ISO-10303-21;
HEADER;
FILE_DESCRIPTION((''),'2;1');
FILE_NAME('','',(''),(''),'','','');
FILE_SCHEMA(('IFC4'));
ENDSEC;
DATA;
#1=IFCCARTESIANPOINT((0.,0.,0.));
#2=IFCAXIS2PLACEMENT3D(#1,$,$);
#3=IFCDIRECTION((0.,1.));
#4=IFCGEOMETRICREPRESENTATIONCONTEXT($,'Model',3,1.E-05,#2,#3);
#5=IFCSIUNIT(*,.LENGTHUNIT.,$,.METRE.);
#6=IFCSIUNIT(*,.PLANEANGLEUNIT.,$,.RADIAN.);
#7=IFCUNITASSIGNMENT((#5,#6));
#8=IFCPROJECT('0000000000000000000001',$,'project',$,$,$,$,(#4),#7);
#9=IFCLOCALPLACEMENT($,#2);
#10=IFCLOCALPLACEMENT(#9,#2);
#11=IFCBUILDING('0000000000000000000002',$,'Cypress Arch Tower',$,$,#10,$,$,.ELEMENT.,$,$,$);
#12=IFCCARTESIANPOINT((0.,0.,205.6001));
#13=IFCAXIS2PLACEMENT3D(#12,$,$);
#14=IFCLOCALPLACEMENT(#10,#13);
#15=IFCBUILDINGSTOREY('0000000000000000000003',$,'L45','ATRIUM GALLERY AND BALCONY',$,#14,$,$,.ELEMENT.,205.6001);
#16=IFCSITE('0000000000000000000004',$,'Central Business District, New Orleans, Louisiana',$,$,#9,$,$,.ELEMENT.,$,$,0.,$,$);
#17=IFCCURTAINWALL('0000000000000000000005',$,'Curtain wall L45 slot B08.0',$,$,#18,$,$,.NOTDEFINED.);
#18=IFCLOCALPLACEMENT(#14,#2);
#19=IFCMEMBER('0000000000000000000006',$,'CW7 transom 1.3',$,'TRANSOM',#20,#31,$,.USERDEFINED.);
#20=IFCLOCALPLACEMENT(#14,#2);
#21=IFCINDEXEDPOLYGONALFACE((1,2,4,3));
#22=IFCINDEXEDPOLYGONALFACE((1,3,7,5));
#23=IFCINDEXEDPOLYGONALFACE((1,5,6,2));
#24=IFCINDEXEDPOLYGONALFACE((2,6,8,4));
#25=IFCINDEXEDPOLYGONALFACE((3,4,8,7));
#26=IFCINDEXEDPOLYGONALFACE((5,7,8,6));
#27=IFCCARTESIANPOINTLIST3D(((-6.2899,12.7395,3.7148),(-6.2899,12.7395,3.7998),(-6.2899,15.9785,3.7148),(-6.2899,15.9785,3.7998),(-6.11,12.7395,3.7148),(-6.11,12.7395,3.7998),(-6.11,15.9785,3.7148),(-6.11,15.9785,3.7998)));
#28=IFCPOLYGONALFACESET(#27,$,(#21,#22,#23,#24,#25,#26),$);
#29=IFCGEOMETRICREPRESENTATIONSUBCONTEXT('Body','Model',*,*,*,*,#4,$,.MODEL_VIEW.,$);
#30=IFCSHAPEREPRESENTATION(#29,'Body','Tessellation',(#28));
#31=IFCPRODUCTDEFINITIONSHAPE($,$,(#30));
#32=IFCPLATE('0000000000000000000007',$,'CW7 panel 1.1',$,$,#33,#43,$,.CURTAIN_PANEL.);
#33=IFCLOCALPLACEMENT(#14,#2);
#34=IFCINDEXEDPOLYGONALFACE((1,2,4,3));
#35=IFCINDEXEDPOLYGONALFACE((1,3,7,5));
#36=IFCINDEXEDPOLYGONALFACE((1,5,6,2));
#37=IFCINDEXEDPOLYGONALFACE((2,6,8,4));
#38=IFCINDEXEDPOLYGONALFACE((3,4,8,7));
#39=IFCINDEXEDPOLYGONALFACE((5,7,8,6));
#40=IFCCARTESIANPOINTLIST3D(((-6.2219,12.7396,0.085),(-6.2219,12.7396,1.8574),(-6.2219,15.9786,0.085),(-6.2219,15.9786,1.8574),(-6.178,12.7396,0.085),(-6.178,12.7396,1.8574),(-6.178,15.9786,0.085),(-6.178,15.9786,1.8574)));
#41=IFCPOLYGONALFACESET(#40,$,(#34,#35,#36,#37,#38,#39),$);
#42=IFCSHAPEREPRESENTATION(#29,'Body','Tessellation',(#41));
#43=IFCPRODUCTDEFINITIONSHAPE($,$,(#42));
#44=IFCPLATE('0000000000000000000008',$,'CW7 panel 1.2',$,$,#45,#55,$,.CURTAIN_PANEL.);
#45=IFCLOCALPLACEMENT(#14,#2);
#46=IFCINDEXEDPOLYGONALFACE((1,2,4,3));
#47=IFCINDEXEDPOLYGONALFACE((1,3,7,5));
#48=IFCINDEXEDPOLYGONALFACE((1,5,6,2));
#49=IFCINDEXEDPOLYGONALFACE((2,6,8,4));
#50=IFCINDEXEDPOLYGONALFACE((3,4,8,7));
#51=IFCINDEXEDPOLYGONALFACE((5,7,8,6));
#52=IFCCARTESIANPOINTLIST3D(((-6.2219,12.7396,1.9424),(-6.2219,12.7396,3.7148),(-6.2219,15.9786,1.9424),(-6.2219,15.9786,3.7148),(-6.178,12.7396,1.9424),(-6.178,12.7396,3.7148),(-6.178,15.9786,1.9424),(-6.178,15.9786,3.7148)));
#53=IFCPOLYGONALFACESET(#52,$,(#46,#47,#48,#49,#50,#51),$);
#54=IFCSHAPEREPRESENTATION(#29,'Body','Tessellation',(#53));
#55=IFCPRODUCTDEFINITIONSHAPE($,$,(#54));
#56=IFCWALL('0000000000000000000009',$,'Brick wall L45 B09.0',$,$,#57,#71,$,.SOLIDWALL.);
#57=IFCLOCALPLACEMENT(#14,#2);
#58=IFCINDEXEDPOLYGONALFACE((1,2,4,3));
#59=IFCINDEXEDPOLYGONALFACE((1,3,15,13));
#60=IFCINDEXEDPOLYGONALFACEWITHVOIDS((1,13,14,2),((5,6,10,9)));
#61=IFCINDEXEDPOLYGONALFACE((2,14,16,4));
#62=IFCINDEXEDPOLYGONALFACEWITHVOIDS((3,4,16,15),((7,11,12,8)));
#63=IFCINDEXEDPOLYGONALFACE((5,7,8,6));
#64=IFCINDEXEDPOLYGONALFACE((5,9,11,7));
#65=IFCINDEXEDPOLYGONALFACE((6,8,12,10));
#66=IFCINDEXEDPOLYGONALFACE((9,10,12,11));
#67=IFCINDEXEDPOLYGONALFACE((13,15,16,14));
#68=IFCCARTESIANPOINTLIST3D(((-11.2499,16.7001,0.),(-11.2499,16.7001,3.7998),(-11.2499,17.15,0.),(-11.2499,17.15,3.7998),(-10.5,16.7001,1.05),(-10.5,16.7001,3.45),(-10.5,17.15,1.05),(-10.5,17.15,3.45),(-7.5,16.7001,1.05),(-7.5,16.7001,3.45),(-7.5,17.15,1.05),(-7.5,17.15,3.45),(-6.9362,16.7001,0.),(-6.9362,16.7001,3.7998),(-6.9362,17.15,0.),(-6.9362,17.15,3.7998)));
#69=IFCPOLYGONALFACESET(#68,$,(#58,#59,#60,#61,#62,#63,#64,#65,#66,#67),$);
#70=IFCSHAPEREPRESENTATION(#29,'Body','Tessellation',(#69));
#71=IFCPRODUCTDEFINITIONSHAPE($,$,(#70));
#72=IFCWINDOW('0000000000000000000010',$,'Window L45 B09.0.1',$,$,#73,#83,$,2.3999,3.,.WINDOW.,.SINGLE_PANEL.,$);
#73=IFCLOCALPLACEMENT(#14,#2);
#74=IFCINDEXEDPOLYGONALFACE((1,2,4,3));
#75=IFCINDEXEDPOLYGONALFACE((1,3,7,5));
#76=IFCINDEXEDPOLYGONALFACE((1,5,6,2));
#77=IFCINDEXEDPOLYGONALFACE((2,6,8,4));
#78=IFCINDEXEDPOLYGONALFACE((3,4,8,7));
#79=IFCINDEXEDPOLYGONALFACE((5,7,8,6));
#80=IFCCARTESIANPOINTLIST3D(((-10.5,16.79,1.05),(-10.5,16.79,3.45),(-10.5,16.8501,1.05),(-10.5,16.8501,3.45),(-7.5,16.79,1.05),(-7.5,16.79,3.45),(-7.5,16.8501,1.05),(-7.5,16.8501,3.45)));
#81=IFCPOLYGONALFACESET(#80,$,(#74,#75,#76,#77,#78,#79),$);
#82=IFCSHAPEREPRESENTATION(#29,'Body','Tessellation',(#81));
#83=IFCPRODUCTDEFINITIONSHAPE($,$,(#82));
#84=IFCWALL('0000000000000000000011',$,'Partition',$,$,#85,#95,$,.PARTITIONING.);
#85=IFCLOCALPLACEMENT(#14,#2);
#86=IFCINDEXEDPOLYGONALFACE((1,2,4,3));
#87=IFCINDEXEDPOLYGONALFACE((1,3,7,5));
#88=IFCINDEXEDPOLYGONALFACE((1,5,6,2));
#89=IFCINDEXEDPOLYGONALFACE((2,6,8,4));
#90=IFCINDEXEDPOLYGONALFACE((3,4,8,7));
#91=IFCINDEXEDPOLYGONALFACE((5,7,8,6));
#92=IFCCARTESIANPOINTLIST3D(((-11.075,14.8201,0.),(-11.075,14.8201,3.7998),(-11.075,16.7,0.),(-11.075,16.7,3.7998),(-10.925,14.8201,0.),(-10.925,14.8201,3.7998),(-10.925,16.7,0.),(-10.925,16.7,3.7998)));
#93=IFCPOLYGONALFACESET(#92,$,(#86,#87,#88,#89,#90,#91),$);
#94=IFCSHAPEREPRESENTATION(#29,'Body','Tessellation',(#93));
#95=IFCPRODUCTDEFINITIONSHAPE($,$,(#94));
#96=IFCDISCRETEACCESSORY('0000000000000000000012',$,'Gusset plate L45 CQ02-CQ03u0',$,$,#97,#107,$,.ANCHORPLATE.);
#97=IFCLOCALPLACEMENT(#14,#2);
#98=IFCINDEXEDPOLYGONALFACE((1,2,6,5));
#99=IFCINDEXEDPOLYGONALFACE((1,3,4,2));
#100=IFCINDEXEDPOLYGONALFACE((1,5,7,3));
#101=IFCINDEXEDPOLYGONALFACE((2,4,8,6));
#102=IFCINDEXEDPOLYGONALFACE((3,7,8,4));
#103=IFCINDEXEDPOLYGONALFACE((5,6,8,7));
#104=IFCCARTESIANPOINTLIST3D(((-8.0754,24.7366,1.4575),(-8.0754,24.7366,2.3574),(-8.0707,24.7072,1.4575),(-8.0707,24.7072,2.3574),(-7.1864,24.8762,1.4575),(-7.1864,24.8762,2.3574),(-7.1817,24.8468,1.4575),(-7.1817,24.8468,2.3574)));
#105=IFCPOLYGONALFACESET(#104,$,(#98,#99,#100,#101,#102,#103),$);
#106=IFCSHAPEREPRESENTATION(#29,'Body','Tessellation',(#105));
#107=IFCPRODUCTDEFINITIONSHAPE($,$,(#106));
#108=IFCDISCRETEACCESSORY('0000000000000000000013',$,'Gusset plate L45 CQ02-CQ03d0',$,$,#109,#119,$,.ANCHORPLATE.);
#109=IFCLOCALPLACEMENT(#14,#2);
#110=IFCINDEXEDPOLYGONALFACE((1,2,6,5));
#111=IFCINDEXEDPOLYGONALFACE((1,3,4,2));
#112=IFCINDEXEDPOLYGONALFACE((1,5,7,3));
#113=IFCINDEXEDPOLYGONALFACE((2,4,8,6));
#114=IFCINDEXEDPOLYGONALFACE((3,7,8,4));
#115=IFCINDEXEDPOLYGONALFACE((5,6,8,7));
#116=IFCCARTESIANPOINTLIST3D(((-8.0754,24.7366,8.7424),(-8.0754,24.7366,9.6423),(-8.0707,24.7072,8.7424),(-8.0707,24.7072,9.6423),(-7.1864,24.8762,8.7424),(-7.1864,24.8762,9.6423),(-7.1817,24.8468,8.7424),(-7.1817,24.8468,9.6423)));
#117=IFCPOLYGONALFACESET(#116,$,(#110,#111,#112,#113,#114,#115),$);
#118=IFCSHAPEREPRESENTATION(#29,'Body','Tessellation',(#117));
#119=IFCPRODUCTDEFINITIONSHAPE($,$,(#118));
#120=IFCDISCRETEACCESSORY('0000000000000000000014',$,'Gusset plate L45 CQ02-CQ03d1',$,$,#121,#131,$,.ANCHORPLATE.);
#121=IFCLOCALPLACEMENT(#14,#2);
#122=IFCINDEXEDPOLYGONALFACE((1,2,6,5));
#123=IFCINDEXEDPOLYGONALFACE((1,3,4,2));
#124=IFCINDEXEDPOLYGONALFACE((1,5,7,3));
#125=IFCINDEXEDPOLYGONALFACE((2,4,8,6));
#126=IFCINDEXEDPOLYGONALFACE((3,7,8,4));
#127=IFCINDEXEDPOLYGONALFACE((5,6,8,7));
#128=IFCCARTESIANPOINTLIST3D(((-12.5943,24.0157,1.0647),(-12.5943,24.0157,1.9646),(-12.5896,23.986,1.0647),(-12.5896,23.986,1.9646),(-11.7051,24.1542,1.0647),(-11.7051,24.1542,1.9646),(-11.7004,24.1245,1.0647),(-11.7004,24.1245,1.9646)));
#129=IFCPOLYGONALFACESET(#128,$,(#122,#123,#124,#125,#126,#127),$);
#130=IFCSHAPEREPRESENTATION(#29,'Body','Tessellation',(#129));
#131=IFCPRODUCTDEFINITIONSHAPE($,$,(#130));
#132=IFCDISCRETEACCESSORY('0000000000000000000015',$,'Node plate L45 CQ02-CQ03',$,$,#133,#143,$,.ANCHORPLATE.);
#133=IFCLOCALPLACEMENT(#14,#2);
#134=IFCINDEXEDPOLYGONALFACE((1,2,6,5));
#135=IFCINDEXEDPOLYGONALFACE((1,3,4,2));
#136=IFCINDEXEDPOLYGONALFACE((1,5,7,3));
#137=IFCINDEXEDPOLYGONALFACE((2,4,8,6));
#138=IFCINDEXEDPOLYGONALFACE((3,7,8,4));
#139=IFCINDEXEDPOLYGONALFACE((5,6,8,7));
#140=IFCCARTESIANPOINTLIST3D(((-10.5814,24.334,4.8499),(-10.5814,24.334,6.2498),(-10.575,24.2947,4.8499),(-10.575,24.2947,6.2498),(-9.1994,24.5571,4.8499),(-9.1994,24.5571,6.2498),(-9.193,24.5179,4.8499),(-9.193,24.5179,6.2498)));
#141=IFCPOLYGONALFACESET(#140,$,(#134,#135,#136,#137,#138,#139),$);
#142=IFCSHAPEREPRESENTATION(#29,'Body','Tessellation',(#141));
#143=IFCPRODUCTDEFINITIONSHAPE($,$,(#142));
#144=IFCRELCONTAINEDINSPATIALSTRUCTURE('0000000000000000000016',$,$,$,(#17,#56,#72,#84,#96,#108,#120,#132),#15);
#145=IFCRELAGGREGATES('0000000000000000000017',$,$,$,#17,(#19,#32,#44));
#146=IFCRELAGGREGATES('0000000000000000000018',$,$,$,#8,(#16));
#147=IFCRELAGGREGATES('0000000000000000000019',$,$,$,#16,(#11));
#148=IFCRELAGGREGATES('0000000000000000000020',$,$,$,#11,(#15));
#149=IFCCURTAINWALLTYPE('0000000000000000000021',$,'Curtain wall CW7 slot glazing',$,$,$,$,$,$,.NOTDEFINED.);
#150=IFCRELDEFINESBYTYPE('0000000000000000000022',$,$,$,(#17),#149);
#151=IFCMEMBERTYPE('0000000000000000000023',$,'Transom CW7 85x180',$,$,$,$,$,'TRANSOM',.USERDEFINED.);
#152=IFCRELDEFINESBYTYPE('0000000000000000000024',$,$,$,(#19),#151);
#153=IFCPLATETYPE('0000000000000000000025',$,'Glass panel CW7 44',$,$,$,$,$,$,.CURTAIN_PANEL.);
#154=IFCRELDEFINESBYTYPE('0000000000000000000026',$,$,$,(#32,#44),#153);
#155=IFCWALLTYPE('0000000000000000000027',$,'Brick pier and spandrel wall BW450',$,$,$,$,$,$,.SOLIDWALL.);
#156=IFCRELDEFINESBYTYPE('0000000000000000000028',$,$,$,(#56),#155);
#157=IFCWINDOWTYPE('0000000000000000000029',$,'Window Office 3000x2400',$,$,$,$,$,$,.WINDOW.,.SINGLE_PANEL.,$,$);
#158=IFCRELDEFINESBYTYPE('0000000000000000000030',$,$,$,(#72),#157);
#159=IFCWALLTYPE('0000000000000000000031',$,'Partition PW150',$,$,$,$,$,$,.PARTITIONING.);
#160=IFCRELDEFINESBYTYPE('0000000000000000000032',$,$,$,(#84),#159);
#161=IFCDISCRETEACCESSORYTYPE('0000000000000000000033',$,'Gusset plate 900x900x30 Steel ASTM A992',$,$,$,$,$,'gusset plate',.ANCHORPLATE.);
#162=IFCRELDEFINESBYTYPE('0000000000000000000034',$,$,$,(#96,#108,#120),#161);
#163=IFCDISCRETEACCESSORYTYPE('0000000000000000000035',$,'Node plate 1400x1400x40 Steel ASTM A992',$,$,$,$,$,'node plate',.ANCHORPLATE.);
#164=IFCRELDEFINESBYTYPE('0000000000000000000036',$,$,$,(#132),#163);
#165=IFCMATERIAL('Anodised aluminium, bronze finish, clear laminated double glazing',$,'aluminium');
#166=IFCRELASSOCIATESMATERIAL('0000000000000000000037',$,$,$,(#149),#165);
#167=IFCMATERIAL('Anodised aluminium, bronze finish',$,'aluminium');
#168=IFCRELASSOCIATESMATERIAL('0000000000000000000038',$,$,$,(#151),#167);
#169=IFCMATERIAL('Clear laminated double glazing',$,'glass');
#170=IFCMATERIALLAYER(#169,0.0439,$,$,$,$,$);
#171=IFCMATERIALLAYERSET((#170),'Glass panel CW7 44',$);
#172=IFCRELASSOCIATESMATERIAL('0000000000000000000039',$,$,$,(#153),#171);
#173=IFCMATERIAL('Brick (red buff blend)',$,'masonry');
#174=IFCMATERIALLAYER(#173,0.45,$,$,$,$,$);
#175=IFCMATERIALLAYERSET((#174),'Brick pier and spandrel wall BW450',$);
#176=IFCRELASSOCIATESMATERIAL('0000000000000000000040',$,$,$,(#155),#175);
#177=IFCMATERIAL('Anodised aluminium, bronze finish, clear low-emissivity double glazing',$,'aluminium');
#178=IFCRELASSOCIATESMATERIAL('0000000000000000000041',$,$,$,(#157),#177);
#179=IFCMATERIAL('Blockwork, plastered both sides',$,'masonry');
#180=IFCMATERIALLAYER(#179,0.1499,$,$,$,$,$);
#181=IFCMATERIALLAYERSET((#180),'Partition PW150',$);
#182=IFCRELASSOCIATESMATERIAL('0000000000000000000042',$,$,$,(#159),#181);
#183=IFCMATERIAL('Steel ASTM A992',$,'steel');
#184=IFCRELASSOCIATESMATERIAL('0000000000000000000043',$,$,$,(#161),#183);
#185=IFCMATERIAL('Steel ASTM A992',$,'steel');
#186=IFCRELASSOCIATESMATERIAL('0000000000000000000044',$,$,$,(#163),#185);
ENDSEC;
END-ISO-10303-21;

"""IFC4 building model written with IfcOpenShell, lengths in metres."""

from ifc_helpers import new_model, si_unit, direction, frame, frame_2d, origin, origin_2d, place, context, subcontext, project, spatial, rectangle, extrude, material, layer, layer_set, material_profile, profile_set, type_object, element, fill, aggregate, save


model = new_model("IFC4")

# Units and contexts
model_context = context("Model", 3, precision=1e-05, world=origin(), true_north=direction((0.0, 1.0)))
body_context = subcontext(model_context, "Body", "Model", "MODEL_VIEW")
ifc_project = project(units=[si_unit("LENGTHUNIT", "METRE"), si_unit("PLANEANGLEUNIT", "RADIAN")], contexts=[model_context])

# Site, building, storey
site_placement = place(None, origin())
site = spatial("IfcSite", under=ifc_project, at=site_placement, Name="Central Business District, New Orleans, Louisiana", CompositionType="ELEMENT", RefElevation=0.0)
building_placement = place(site_placement, origin())
building = spatial("IfcBuilding", under=site, at=building_placement, Name="Cypress Arch Tower", CompositionType="ELEMENT")
storey_placement = place(building_placement, frame((0.0, 0.0, 205.6001)))
storey = spatial("IfcBuildingStorey", under=building, at=storey_placement, Name="L45", Description="ATRIUM GALLERY AND BALCONY", CompositionType="ELEMENT", Elevation=205.6001)

# Curtain wall
ifc_material_1 = material(Name="Anodised aluminium, bronze finish, clear laminated double glazing", Category="aluminium")
curtain_wall_type = type_object("IfcCurtainWallType", Name="Curtain wall CW7 slot glazing", PredefinedType="NOTDEFINED", material=ifc_material_1)
curtain_wall_placement = place(storey_placement, origin())
curtain_wall = element("IfcCurtainWall", 1, at=curtain_wall_placement, inside=storey, type_object=curtain_wall_type, Name="Curtain wall L45 slot B08.0", PredefinedType="NOTDEFINED")

# Member
ifc_material_2 = material(Name="Anodised aluminium, bronze finish", Category="aluminium")
ifc_material_profile_1 = material_profile(ifc_material_2, rectangle(XDim=0.1799, YDim=0.085, at=origin_2d()), Name="Transom 85x180")
ifc_profile_set_1 = profile_set([ifc_material_profile_1], Name="Anodised aluminium, bronze finish")
member_type_1 = type_object("IfcMemberType", Name="Transom CW7 85x180", ElementType="TRANSOM", PredefinedType="USERDEFINED", material=ifc_profile_set_1)
member_1_placement = place(storey_placement, frame((-6.2, 12.7395, 3.7573), z_axis=(0.0, 1.0, 0.0), x_axis=(-1.0, 0.0, 0.0)))
member_1 = element("IfcMember", 2, at=member_1_placement, type_object=member_type_1, Name="CW7 transom 1.3", ObjectType="TRANSOM", PredefinedType="USERDEFINED", context=body_context, shape_type="SweptSolid", body=[
    extrude(rectangle(XDim=0.1799, YDim=0.085, at=origin_2d()), origin(), (0.0, 0.0, 1.0), 3.239),
])

# Plates
ifc_material_3 = material(Name="Clear laminated double glazing", Category="glass")
ifc_layer_1 = layer(ifc_material_3, 0.0439)
ifc_layer_set_1 = layer_set([ifc_layer_1], Name="Glass panel CW7 44")
plate_type = type_object("IfcPlateType", Name="Glass panel CW7 44", PredefinedType="CURTAIN_PANEL", material=ifc_layer_set_1)
plate_1_placement = place(storey_placement, frame((-6.2, 14.3591, 0.085), z_axis=(0.0, 0.0, 1.0), x_axis=(0.0, 1.0, 0.0)))
plate_1 = element("IfcPlate", 3, at=plate_1_placement, type_object=plate_type, Name="CW7 panel 1.1", PredefinedType="CURTAIN_PANEL", context=body_context, shape_type="SweptSolid", body=[
    extrude(rectangle(XDim=3.239, YDim=0.0439, at=origin_2d()), origin(), (0.0, 0.0, 1.0), 1.7725),
])
plate_2_placement = place(storey_placement, frame((-6.2, 14.3591, 1.9424), z_axis=(0.0, 0.0, 1.0), x_axis=(0.0, 1.0, 0.0)))
plate_2 = element("IfcPlate", 4, at=plate_2_placement, type_object=plate_type, Name="CW7 panel 1.2", PredefinedType="CURTAIN_PANEL", context=body_context, shape_type="SweptSolid", body=[
    extrude(rectangle(XDim=3.239, YDim=0.0439, at=origin_2d()), origin(), (0.0, 0.0, 1.0), 1.7725),
])
aggregate(curtain_wall, [member_1, plate_1, plate_2])

# Wall, opening, window
ifc_material_4 = material(Name="Brick (red buff blend)", Category="masonry")
ifc_layer_2 = layer(ifc_material_4, 0.45)
ifc_layer_set_2 = layer_set([ifc_layer_2], Name="Brick pier and spandrel wall BW450")
wall_type_1 = type_object("IfcWallType", Name="Brick pier and spandrel wall BW450", PredefinedType="SOLIDWALL", material=ifc_layer_set_2)
wall_1_placement = place(storey_placement, frame((-6.9363, 16.925, 0.0), z_axis=(0.0, 0.0, 1.0), x_axis=(-1.0, 0.0, 0.0)))
wall_1 = element("IfcWall", 5, at=wall_1_placement, inside=storey, type_object=wall_type_1, Name="Brick wall L45 B09.0", PredefinedType="SOLIDWALL", context=body_context, shape_type="SweptSolid", body=[
    extrude(rectangle(XDim=4.3137, YDim=0.45, at=frame_2d((2.1567, 0.0))), origin(), (0.0, 0.0, 1.0), 3.7998),
])
opening_placement = place(wall_1_placement, frame((0.5637, 0.0, 1.05)))
opening = element("IfcOpeningElement", 6, at=opening_placement, cuts=wall_1, PredefinedType="OPENING", context=body_context, shape_type="SweptSolid", body=[
    extrude(rectangle(XDim=3.0, YDim=2.3999, at=frame_2d((1.5, 1.2))), frame((0.0, 0.2349, 0.0), z_axis=(0.0, -1.0, 0.0), x_axis=(1.0, 0.0, 0.0)), (0.0, 0.0, 1.0), 0.47),
])
ifc_material_5 = material(Name="Anodised aluminium, bronze finish, clear low-emissivity double glazing", Category="aluminium")
window_type = type_object("IfcWindowType", Name="Window Office 3000x2400", PartitioningType="SINGLE_PANEL", PredefinedType="WINDOW", material=ifc_material_5)
window_placement = place(opening_placement, origin())
window = element("IfcWindow", 7, at=window_placement, inside=storey, type_object=window_type, Name="Window L45 B09.0.1", OverallHeight=2.3999, OverallWidth=3.0, PartitioningType="SINGLE_PANEL", PredefinedType="WINDOW", context=body_context, shape_type="SweptSolid", body=[
    extrude(rectangle(XDim=3.0, YDim=2.3999, at=frame_2d((1.5, 1.2))), frame((0.0, 0.135, 0.0), z_axis=(0.0, -1.0, 0.0), x_axis=(1.0, 0.0, 0.0)), (0.0, 0.0, 1.0), 0.0601),
])
fill(opening, window)

# Wall
ifc_material_6 = material(Name="Blockwork, plastered both sides", Category="masonry")
ifc_layer_3 = layer(ifc_material_6, 0.1499)
ifc_layer_set_3 = layer_set([ifc_layer_3], Name="Partition PW150")
wall_type_2 = type_object("IfcWallType", Name="Partition PW150", PredefinedType="PARTITIONING", material=ifc_layer_set_3)
wall_2_placement = place(storey_placement, frame((-11.0, 14.8201, 0.0), z_axis=(0.0, 0.0, 1.0), x_axis=(0.0, 1.0, 0.0)))
element("IfcWall", 8, at=wall_2_placement, inside=storey, type_object=wall_type_2, Name="Partition", PredefinedType="PARTITIONING", context=body_context, shape_type="SweptSolid", body=[
    extrude(rectangle(XDim=1.8799, YDim=0.1499, at=frame_2d((0.9399, 0.0))), origin(), (0.0, 0.0, 1.0), 3.7998),
])

# Discrete accessories
ifc_material_7 = material(Name="Steel ASTM A992", Category="steel")
ifc_material_profile_2 = material_profile(ifc_material_7, rectangle(XDim=0.8999, YDim=0.8999, at=origin_2d()), Name="PL 30 900x900")
ifc_profile_set_2 = profile_set([ifc_material_profile_2], Name="Steel ASTM A992")
discrete_accessory_type_1 = type_object("IfcDiscreteAccessoryType", Name="Gusset plate 900x900x30 Steel ASTM A992", ElementType="gusset plate", PredefinedType="ANCHORPLATE", material=ifc_profile_set_2)
for number, where, z_axis, x_axis, name in (
    (9, (-7.6309, 24.8064, 1.9075), (0.155124, -0.987895, 0.0), (0.987895, 0.155124, 0.0), "Gusset plate L45 CQ02-CQ03u0"),
    (10, (-7.6309, 24.8064, 9.1924), (0.155124, -0.987895, 0.0), (0.987895, 0.155124, 0.0), "Gusset plate L45 CQ02-CQ03d0"),
):
    element("IfcDiscreteAccessory", number, at=place(storey_placement, frame(where, z_axis=z_axis, x_axis=x_axis)), inside=storey, type_object=discrete_accessory_type_1, Name=name, PredefinedType="ANCHORPLATE", context=body_context, shape_type="SweptSolid", body=[
        extrude(rectangle(XDim=0.8999, YDim=0.8999, at=origin_2d()), origin(), (0.0, 0.0, 1.0), 0.0298),
    ])
discrete_accessory_1_placement = place(storey_placement, frame((-12.1497, 24.085, 1.5146), z_axis=(0.153883, -0.988089, 0.0), x_axis=(0.988089, 0.153883, 0.0)))
element("IfcDiscreteAccessory", 11, at=discrete_accessory_1_placement, inside=storey, type_object=discrete_accessory_type_1, Name="Gusset plate L45 CQ02-CQ03d1", PredefinedType="ANCHORPLATE", context=body_context, shape_type="SweptSolid", body=[
    extrude(rectangle(XDim=0.8999, YDim=0.8999, at=origin_2d()), origin(), (0.0, 0.0, 1.0), 0.03),
])
ifc_material_8 = material(Name="Steel ASTM A992", Category="steel")
ifc_material_profile_3 = material_profile(ifc_material_8, rectangle(XDim=1.3999, YDim=1.3999, at=origin_2d()), Name="PL 40 1400x1400")
ifc_profile_set_3 = profile_set([ifc_material_profile_3], Name="Steel ASTM A992")
discrete_accessory_type_2 = type_object("IfcDiscreteAccessoryType", Name="Node plate 1400x1400x40 Steel ASTM A992", ElementType="node plate", PredefinedType="ANCHORPLATE", material=ifc_profile_set_3)
discrete_accessory_2_placement = place(storey_placement, frame((-9.8904, 24.4456, 5.5498), z_axis=(0.159425, -0.98721, 0.0), x_axis=(0.98721, 0.159425, 0.0)))
element("IfcDiscreteAccessory", 12, at=discrete_accessory_2_placement, inside=storey, type_object=discrete_accessory_type_2, Name="Node plate L45 CQ02-CQ03", PredefinedType="ANCHORPLATE", context=body_context, shape_type="SweptSolid", body=[
    extrude(rectangle(XDim=1.3999, YDim=1.3999, at=origin_2d()), origin(), (0.0, 0.0, 1.0), 0.0398),
])

save(model, "model.ifc")
